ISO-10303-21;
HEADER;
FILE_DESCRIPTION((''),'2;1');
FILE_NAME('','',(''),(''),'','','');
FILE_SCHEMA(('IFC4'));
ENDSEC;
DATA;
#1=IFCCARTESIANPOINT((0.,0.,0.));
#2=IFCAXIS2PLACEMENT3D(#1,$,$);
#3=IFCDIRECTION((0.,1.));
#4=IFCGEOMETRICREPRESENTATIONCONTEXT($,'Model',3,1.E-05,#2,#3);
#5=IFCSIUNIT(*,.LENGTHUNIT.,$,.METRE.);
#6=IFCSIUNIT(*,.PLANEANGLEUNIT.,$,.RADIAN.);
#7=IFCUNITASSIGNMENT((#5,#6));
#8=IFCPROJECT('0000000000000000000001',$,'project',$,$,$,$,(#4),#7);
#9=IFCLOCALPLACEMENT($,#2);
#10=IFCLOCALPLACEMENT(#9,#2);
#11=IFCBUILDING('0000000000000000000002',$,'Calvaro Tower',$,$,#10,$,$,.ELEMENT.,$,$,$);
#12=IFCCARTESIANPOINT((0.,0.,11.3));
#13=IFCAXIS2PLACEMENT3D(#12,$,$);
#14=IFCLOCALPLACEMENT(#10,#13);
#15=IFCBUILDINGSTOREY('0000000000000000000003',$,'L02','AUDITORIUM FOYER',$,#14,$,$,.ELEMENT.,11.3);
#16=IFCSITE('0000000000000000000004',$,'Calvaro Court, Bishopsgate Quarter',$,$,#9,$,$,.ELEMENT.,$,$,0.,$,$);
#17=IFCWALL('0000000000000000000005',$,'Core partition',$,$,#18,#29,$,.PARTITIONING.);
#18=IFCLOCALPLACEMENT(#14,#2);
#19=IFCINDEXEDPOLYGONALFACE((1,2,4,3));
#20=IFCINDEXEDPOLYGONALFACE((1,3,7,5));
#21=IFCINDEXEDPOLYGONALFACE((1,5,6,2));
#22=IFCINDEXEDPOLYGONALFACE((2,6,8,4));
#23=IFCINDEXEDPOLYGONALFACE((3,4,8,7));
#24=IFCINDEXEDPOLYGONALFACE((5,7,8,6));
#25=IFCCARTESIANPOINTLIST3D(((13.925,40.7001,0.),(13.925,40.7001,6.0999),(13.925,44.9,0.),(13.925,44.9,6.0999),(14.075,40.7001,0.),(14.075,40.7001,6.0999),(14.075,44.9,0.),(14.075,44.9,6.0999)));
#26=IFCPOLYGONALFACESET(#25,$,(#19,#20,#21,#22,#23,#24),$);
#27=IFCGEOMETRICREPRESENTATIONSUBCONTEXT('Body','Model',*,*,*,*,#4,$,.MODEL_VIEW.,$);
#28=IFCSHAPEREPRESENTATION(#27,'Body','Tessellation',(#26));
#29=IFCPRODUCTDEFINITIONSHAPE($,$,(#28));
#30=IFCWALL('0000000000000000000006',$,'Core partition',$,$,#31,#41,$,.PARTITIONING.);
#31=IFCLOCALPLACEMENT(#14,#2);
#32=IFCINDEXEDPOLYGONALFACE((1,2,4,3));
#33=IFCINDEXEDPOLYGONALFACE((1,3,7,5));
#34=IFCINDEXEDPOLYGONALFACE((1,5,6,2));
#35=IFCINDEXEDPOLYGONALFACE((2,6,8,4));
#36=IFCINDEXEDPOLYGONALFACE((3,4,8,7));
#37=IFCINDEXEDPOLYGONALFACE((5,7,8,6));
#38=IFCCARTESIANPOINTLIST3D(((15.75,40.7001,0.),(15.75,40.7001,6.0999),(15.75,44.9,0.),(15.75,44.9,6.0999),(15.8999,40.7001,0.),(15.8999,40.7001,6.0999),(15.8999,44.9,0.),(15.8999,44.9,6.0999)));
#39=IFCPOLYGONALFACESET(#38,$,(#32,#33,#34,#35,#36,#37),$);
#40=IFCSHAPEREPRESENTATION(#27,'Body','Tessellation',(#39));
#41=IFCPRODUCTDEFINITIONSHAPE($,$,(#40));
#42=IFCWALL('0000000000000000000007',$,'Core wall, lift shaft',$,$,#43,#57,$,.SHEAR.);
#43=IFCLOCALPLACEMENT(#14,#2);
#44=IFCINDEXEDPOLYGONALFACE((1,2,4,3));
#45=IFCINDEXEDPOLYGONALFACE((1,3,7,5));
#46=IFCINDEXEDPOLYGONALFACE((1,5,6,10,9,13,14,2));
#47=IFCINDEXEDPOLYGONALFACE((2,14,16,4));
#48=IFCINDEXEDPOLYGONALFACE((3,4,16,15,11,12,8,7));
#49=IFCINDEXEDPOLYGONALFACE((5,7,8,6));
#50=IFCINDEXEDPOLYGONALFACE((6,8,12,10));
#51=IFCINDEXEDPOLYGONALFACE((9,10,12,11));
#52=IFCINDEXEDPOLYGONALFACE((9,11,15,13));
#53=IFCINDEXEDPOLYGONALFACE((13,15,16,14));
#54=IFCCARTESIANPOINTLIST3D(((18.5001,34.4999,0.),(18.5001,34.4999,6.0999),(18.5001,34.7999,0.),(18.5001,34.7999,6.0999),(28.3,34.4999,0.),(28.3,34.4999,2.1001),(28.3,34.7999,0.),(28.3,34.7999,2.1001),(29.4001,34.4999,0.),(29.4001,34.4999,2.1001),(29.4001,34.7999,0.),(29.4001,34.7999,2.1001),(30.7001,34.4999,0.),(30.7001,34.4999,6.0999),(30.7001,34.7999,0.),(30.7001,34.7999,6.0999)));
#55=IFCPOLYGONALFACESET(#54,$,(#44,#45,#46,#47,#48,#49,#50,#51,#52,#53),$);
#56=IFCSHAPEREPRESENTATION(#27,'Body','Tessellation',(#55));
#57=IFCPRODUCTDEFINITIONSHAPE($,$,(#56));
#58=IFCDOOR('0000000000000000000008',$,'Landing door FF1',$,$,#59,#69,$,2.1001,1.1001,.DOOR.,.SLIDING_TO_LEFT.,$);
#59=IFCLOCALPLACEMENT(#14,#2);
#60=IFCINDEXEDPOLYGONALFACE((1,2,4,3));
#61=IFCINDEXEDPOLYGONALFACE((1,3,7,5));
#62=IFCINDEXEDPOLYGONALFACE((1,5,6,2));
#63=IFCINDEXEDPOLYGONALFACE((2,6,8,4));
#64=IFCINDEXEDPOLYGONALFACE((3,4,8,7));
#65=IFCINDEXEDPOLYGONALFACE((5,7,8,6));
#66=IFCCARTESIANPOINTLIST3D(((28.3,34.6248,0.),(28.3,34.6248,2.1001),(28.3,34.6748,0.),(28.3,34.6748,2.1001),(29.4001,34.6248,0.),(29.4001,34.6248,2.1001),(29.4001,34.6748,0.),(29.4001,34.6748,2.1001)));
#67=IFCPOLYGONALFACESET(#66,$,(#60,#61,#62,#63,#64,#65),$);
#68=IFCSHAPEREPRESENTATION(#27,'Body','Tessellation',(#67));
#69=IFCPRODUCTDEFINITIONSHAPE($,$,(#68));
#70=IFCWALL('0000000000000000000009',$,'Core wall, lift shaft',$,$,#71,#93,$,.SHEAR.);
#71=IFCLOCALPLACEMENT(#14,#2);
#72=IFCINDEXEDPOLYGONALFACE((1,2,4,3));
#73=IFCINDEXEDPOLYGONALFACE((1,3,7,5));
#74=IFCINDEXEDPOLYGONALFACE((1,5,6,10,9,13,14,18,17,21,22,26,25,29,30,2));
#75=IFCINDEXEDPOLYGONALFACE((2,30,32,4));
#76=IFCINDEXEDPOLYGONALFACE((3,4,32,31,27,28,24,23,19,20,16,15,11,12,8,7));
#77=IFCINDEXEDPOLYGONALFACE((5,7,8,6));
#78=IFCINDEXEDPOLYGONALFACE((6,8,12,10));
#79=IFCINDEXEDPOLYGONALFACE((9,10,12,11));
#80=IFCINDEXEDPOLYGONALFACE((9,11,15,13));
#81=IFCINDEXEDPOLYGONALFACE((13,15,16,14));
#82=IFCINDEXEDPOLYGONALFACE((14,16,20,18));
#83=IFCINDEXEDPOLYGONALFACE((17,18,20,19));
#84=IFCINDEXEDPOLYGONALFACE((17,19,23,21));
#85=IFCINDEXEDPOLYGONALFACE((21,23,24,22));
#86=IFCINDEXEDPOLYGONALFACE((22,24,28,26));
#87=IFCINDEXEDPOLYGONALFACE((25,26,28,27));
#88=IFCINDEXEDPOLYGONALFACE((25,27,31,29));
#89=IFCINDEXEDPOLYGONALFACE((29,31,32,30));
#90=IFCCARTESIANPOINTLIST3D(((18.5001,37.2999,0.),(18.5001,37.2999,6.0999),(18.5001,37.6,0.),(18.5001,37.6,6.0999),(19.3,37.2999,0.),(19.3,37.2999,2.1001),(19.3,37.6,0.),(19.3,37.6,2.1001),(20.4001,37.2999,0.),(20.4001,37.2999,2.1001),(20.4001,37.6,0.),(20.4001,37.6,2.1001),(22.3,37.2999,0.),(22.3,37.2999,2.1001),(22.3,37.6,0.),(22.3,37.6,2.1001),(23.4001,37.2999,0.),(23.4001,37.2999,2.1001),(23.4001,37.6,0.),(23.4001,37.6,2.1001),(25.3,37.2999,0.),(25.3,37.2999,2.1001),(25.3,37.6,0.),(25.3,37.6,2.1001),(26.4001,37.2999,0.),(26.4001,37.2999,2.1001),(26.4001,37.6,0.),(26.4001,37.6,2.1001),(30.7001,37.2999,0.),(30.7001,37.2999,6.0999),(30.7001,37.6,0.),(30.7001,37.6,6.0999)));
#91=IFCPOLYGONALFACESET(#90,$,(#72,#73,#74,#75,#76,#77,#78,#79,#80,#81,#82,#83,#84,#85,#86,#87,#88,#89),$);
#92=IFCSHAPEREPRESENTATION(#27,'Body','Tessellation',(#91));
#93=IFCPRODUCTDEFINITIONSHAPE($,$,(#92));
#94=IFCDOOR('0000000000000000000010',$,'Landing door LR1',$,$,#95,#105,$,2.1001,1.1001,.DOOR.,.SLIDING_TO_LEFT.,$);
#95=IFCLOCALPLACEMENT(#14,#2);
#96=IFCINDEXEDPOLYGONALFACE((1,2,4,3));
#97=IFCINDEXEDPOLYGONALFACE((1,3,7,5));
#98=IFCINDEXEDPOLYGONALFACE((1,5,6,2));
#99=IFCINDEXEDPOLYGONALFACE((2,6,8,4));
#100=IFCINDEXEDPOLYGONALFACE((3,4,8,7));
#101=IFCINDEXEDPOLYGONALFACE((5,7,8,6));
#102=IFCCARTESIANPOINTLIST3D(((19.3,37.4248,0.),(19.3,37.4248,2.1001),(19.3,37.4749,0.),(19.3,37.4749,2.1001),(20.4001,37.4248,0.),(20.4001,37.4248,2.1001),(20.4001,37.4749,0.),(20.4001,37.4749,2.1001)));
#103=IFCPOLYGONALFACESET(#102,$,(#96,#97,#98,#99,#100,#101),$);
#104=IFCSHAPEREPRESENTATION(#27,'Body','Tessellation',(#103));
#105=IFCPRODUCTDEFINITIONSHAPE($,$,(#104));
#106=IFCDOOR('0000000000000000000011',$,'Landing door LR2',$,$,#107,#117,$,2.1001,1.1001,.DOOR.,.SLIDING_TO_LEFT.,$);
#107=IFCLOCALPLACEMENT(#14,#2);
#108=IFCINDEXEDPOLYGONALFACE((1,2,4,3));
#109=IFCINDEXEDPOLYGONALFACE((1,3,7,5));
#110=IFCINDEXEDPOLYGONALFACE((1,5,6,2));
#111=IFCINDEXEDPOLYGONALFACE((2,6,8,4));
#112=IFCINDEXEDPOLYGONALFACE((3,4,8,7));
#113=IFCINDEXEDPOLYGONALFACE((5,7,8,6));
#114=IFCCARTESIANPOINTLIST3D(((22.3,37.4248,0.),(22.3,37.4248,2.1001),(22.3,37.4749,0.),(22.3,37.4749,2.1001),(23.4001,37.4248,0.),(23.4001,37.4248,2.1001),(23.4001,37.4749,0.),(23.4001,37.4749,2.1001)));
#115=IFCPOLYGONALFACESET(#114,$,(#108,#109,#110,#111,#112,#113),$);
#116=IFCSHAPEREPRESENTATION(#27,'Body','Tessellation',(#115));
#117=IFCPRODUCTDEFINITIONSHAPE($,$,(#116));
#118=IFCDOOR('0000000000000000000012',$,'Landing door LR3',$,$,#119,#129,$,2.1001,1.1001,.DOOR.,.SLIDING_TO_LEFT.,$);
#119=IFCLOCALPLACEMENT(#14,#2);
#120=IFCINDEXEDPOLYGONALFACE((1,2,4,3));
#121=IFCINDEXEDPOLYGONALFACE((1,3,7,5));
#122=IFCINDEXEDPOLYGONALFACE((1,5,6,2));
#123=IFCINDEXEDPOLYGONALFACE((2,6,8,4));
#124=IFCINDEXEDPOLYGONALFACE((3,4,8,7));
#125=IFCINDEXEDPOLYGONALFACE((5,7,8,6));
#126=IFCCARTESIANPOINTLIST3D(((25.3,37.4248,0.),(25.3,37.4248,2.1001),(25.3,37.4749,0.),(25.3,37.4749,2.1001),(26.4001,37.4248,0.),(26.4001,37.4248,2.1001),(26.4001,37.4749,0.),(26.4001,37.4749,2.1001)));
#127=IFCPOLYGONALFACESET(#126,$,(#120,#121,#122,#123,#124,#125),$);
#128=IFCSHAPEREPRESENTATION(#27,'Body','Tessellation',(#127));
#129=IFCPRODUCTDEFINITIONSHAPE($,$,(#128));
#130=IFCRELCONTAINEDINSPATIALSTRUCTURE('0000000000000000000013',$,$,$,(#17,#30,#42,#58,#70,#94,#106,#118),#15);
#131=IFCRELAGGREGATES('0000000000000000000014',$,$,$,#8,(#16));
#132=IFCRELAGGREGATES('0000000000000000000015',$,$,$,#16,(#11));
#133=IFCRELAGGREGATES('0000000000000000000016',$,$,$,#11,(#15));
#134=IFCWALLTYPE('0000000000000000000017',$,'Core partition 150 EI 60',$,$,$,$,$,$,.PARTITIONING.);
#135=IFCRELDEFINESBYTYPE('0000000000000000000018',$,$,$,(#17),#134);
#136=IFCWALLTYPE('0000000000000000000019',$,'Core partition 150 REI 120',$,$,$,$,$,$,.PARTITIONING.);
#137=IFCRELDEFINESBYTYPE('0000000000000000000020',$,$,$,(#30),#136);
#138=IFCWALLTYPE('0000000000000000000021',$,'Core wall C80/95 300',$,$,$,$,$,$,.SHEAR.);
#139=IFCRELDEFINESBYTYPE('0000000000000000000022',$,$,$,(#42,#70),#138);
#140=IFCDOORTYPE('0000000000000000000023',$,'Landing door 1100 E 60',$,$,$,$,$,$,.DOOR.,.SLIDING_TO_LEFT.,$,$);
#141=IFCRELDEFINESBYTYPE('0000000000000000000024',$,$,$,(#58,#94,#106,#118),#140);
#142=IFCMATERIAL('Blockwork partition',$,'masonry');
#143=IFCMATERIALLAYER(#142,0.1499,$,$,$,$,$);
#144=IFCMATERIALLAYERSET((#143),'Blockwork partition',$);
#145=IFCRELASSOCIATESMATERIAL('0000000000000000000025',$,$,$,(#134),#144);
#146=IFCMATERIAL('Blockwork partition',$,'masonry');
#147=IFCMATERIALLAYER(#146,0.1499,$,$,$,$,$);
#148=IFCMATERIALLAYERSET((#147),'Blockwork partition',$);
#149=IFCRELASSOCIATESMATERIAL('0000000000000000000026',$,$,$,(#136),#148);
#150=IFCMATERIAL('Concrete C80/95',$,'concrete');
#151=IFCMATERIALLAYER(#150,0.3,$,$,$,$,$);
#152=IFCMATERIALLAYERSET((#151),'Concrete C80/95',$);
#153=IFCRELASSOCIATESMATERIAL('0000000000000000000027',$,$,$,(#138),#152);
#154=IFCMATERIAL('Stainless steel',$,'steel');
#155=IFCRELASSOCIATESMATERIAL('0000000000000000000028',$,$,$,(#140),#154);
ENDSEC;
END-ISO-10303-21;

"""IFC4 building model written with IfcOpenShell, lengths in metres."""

from ifc_helpers import new_model, si_unit, direction, frame, frame_2d, origin, place, context, subcontext, project, spatial, rectangle, extrude, material, layer, layer_set, type_object, element, fill, save


model = new_model("IFC4")

# Units and contexts
model_context = context("Model", 3, precision=1e-05, world=origin(), true_north=direction((0.0, 1.0)))
body_context = subcontext(model_context, "Body", "Model", "MODEL_VIEW")
ifc_project = project(units=[si_unit("LENGTHUNIT", "METRE"), si_unit("PLANEANGLEUNIT", "RADIAN")], contexts=[model_context])

# Site, building, storey
site_placement = place(None, origin())
site = spatial("IfcSite", under=ifc_project, at=site_placement, Name="Calvaro Court, Bishopsgate Quarter", CompositionType="ELEMENT", RefElevation=0.0)
building_placement = place(site_placement, origin())
building = spatial("IfcBuilding", under=site, at=building_placement, Name="Calvaro Tower", CompositionType="ELEMENT")
storey_placement = place(building_placement, frame((0.0, 0.0, 11.3)))
storey = spatial("IfcBuildingStorey", under=building, at=storey_placement, Name="L02", Description="AUDITORIUM FOYER", CompositionType="ELEMENT", Elevation=11.3)

# Walls
ifc_material_1 = material(Name="Blockwork partition", Category="masonry")
ifc_layer_1 = layer(ifc_material_1, 0.1499)
ifc_layer_set_1 = layer_set([ifc_layer_1], Name="Blockwork partition")
wall_type_1 = type_object("IfcWallType", Name="Core partition 150 EI 60", PredefinedType="PARTITIONING", material=ifc_layer_set_1)
wall_1_placement = place(storey_placement, frame((14.0, 40.7, 0.0), z_axis=(0.0, 0.0, 1.0), x_axis=(0.0, 1.0, 0.0)))
element("IfcWall", 1, at=wall_1_placement, inside=storey, type_object=wall_type_1, Name="Core partition", PredefinedType="PARTITIONING", context=body_context, shape_type="SweptSolid", body=[
    extrude(rectangle(XDim=4.2, YDim=0.1499, at=frame_2d((2.1001, 0.0))), origin(), (0.0, 0.0, 1.0), 6.0999),
])
ifc_material_2 = material(Name="Blockwork partition", Category="masonry")
ifc_layer_2 = layer(ifc_material_2, 0.1499)
ifc_layer_set_2 = layer_set([ifc_layer_2], Name="Blockwork partition")
wall_type_2 = type_object("IfcWallType", Name="Core partition 150 REI 120", PredefinedType="PARTITIONING", material=ifc_layer_set_2)
wall_2_placement = place(storey_placement, frame((15.825, 40.7, 0.0), z_axis=(0.0, 0.0, 1.0), x_axis=(0.0, 1.0, 0.0)))
element("IfcWall", 2, at=wall_2_placement, inside=storey, type_object=wall_type_2, Name="Core partition", PredefinedType="PARTITIONING", context=body_context, shape_type="SweptSolid", body=[
    extrude(rectangle(XDim=4.2, YDim=0.1499, at=frame_2d((2.1001, 0.0))), origin(), (0.0, 0.0, 1.0), 6.0999),
])

# Wall, opening, door
ifc_material_3 = material(Name="Concrete C80/95", Category="concrete")
ifc_layer_3 = layer(ifc_material_3, 0.3)
ifc_layer_set_3 = layer_set([ifc_layer_3], Name="Concrete C80/95")
wall_type_3 = type_object("IfcWallType", Name="Core wall C80/95 300", PredefinedType="SHEAR", material=ifc_layer_set_3)
wall_3_placement = place(storey_placement, frame((18.5, 34.6499, 0.0), z_axis=(0.0, 0.0, 1.0), x_axis=(1.0, 0.0, 0.0)))
wall_3 = element("IfcWall", 3, at=wall_3_placement, inside=storey, type_object=wall_type_3, Name="Core wall, lift shaft", PredefinedType="SHEAR", context=body_context, shape_type="SweptSolid", body=[
    extrude(rectangle(XDim=12.2, YDim=0.3, at=frame_2d((6.1001, 0.0))), origin(), (0.0, 0.0, 1.0), 6.0999),
])
opening_1_placement = place(wall_3_placement, frame((9.8, 0.0, 0.0)))
opening_1 = element("IfcOpeningElement", 4, at=opening_1_placement, cuts=wall_3, PredefinedType="OPENING", context=body_context, shape_type="SweptSolid", body=[
    extrude(rectangle(XDim=1.1001, YDim=2.1001, at=frame_2d((0.55, 1.05))), frame((0.0, 0.1599, 0.0), z_axis=(0.0, -1.0, 0.0), x_axis=(1.0, 0.0, 0.0)), (0.0, 0.0, 1.0), 0.3201),
])
ifc_material_4 = material(Name="Stainless steel", Category="steel")
door_type_1 = type_object("IfcDoorType", Name="Landing door 1100 E 60", OperationType="SLIDING_TO_LEFT", PredefinedType="DOOR", material=ifc_material_4)
door_1_placement = place(opening_1_placement, origin())
door_1 = element("IfcDoor", 5, at=door_1_placement, inside=storey, type_object=door_type_1, Name="Landing door FF1", OperationType="SLIDING_TO_LEFT", OverallHeight=2.1001, OverallWidth=1.1001, PredefinedType="DOOR", context=body_context, shape_type="SweptSolid", body=[
    extrude(rectangle(XDim=1.1001, YDim=2.1001, at=frame_2d((0.55, 1.05))), frame((0.0, 0.0249, 0.0), z_axis=(0.0, -1.0, 0.0), x_axis=(1.0, 0.0, 0.0)), (0.0, 0.0, 1.0), 0.05),
])
fill(opening_1, door_1)

# Wall, openings, doors
wall_4_placement = place(storey_placement, frame((18.5, 37.45, 0.0), z_axis=(0.0, 0.0, 1.0), x_axis=(1.0, 0.0, 0.0)))
wall_4 = element("IfcWall", 6, at=wall_4_placement, inside=storey, type_object=wall_type_3, Name="Core wall, lift shaft", PredefinedType="SHEAR", context=body_context, shape_type="SweptSolid", body=[
    extrude(rectangle(XDim=12.2, YDim=0.3, at=frame_2d((6.1001, 0.0))), origin(), (0.0, 0.0, 1.0), 6.0999),
])
opening_2_placement = place(wall_4_placement, frame((0.8, 0.0, 0.0)))
opening_2 = element("IfcOpeningElement", 7, at=opening_2_placement, cuts=wall_4, PredefinedType="OPENING", context=body_context, shape_type="SweptSolid", body=[
    extrude(rectangle(XDim=1.1001, YDim=2.1001, at=frame_2d((0.55, 1.05))), frame((0.0, 0.1599, 0.0), z_axis=(0.0, -1.0, 0.0), x_axis=(1.0, 0.0, 0.0)), (0.0, 0.0, 1.0), 0.3201),
])
opening_3_placement = place(wall_4_placement, frame((3.8, 0.0, 0.0)))
opening_3 = element("IfcOpeningElement", 8, at=opening_3_placement, cuts=wall_4, PredefinedType="OPENING", context=body_context, shape_type="SweptSolid", body=[
    extrude(rectangle(XDim=1.1001, YDim=2.1001, at=frame_2d((0.55, 1.05))), frame((0.0, 0.1599, 0.0), z_axis=(0.0, -1.0, 0.0), x_axis=(1.0, 0.0, 0.0)), (0.0, 0.0, 1.0), 0.3201),
])
opening_4_placement = place(wall_4_placement, frame((6.8, 0.0, 0.0)))
opening_4 = element("IfcOpeningElement", 9, at=opening_4_placement, cuts=wall_4, PredefinedType="OPENING", context=body_context, shape_type="SweptSolid", body=[
    extrude(rectangle(XDim=1.1001, YDim=2.1001, at=frame_2d((0.55, 1.05))), frame((0.0, 0.1599, 0.0), z_axis=(0.0, -1.0, 0.0), x_axis=(1.0, 0.0, 0.0)), (0.0, 0.0, 1.0), 0.3201),
])
door_2_placement = place(opening_2_placement, origin())
door_2 = element("IfcDoor", 10, at=door_2_placement, inside=storey, type_object=door_type_1, Name="Landing door LR1", OperationType="SLIDING_TO_LEFT", OverallHeight=2.1001, OverallWidth=1.1001, PredefinedType="DOOR", context=body_context, shape_type="SweptSolid", body=[
    extrude(rectangle(XDim=1.1001, YDim=2.1001, at=frame_2d((0.55, 1.05))), frame((0.0, 0.0249, 0.0), z_axis=(0.0, -1.0, 0.0), x_axis=(1.0, 0.0, 0.0)), (0.0, 0.0, 1.0), 0.05),
])
fill(opening_2, door_2)
door_3_placement = place(opening_3_placement, origin())
door_3 = element("IfcDoor", 11, at=door_3_placement, inside=storey, type_object=door_type_1, Name="Landing door LR2", OperationType="SLIDING_TO_LEFT", OverallHeight=2.1001, OverallWidth=1.1001, PredefinedType="DOOR", context=body_context, shape_type="SweptSolid", body=[
    extrude(rectangle(XDim=1.1001, YDim=2.1001, at=frame_2d((0.55, 1.05))), frame((0.0, 0.0249, 0.0), z_axis=(0.0, -1.0, 0.0), x_axis=(1.0, 0.0, 0.0)), (0.0, 0.0, 1.0), 0.05),
])
fill(opening_3, door_3)
door_4_placement = place(opening_4_placement, origin())
door_4 = element("IfcDoor", 12, at=door_4_placement, inside=storey, type_object=door_type_1, Name="Landing door LR3", OperationType="SLIDING_TO_LEFT", OverallHeight=2.1001, OverallWidth=1.1001, PredefinedType="DOOR", context=body_context, shape_type="SweptSolid", body=[
    extrude(rectangle(XDim=1.1001, YDim=2.1001, at=frame_2d((0.55, 1.05))), frame((0.0, 0.0249, 0.0), z_axis=(0.0, -1.0, 0.0), x_axis=(1.0, 0.0, 0.0)), (0.0, 0.0, 1.0), 0.05),
])
fill(opening_4, door_4)

save(model, "model.ifc")
